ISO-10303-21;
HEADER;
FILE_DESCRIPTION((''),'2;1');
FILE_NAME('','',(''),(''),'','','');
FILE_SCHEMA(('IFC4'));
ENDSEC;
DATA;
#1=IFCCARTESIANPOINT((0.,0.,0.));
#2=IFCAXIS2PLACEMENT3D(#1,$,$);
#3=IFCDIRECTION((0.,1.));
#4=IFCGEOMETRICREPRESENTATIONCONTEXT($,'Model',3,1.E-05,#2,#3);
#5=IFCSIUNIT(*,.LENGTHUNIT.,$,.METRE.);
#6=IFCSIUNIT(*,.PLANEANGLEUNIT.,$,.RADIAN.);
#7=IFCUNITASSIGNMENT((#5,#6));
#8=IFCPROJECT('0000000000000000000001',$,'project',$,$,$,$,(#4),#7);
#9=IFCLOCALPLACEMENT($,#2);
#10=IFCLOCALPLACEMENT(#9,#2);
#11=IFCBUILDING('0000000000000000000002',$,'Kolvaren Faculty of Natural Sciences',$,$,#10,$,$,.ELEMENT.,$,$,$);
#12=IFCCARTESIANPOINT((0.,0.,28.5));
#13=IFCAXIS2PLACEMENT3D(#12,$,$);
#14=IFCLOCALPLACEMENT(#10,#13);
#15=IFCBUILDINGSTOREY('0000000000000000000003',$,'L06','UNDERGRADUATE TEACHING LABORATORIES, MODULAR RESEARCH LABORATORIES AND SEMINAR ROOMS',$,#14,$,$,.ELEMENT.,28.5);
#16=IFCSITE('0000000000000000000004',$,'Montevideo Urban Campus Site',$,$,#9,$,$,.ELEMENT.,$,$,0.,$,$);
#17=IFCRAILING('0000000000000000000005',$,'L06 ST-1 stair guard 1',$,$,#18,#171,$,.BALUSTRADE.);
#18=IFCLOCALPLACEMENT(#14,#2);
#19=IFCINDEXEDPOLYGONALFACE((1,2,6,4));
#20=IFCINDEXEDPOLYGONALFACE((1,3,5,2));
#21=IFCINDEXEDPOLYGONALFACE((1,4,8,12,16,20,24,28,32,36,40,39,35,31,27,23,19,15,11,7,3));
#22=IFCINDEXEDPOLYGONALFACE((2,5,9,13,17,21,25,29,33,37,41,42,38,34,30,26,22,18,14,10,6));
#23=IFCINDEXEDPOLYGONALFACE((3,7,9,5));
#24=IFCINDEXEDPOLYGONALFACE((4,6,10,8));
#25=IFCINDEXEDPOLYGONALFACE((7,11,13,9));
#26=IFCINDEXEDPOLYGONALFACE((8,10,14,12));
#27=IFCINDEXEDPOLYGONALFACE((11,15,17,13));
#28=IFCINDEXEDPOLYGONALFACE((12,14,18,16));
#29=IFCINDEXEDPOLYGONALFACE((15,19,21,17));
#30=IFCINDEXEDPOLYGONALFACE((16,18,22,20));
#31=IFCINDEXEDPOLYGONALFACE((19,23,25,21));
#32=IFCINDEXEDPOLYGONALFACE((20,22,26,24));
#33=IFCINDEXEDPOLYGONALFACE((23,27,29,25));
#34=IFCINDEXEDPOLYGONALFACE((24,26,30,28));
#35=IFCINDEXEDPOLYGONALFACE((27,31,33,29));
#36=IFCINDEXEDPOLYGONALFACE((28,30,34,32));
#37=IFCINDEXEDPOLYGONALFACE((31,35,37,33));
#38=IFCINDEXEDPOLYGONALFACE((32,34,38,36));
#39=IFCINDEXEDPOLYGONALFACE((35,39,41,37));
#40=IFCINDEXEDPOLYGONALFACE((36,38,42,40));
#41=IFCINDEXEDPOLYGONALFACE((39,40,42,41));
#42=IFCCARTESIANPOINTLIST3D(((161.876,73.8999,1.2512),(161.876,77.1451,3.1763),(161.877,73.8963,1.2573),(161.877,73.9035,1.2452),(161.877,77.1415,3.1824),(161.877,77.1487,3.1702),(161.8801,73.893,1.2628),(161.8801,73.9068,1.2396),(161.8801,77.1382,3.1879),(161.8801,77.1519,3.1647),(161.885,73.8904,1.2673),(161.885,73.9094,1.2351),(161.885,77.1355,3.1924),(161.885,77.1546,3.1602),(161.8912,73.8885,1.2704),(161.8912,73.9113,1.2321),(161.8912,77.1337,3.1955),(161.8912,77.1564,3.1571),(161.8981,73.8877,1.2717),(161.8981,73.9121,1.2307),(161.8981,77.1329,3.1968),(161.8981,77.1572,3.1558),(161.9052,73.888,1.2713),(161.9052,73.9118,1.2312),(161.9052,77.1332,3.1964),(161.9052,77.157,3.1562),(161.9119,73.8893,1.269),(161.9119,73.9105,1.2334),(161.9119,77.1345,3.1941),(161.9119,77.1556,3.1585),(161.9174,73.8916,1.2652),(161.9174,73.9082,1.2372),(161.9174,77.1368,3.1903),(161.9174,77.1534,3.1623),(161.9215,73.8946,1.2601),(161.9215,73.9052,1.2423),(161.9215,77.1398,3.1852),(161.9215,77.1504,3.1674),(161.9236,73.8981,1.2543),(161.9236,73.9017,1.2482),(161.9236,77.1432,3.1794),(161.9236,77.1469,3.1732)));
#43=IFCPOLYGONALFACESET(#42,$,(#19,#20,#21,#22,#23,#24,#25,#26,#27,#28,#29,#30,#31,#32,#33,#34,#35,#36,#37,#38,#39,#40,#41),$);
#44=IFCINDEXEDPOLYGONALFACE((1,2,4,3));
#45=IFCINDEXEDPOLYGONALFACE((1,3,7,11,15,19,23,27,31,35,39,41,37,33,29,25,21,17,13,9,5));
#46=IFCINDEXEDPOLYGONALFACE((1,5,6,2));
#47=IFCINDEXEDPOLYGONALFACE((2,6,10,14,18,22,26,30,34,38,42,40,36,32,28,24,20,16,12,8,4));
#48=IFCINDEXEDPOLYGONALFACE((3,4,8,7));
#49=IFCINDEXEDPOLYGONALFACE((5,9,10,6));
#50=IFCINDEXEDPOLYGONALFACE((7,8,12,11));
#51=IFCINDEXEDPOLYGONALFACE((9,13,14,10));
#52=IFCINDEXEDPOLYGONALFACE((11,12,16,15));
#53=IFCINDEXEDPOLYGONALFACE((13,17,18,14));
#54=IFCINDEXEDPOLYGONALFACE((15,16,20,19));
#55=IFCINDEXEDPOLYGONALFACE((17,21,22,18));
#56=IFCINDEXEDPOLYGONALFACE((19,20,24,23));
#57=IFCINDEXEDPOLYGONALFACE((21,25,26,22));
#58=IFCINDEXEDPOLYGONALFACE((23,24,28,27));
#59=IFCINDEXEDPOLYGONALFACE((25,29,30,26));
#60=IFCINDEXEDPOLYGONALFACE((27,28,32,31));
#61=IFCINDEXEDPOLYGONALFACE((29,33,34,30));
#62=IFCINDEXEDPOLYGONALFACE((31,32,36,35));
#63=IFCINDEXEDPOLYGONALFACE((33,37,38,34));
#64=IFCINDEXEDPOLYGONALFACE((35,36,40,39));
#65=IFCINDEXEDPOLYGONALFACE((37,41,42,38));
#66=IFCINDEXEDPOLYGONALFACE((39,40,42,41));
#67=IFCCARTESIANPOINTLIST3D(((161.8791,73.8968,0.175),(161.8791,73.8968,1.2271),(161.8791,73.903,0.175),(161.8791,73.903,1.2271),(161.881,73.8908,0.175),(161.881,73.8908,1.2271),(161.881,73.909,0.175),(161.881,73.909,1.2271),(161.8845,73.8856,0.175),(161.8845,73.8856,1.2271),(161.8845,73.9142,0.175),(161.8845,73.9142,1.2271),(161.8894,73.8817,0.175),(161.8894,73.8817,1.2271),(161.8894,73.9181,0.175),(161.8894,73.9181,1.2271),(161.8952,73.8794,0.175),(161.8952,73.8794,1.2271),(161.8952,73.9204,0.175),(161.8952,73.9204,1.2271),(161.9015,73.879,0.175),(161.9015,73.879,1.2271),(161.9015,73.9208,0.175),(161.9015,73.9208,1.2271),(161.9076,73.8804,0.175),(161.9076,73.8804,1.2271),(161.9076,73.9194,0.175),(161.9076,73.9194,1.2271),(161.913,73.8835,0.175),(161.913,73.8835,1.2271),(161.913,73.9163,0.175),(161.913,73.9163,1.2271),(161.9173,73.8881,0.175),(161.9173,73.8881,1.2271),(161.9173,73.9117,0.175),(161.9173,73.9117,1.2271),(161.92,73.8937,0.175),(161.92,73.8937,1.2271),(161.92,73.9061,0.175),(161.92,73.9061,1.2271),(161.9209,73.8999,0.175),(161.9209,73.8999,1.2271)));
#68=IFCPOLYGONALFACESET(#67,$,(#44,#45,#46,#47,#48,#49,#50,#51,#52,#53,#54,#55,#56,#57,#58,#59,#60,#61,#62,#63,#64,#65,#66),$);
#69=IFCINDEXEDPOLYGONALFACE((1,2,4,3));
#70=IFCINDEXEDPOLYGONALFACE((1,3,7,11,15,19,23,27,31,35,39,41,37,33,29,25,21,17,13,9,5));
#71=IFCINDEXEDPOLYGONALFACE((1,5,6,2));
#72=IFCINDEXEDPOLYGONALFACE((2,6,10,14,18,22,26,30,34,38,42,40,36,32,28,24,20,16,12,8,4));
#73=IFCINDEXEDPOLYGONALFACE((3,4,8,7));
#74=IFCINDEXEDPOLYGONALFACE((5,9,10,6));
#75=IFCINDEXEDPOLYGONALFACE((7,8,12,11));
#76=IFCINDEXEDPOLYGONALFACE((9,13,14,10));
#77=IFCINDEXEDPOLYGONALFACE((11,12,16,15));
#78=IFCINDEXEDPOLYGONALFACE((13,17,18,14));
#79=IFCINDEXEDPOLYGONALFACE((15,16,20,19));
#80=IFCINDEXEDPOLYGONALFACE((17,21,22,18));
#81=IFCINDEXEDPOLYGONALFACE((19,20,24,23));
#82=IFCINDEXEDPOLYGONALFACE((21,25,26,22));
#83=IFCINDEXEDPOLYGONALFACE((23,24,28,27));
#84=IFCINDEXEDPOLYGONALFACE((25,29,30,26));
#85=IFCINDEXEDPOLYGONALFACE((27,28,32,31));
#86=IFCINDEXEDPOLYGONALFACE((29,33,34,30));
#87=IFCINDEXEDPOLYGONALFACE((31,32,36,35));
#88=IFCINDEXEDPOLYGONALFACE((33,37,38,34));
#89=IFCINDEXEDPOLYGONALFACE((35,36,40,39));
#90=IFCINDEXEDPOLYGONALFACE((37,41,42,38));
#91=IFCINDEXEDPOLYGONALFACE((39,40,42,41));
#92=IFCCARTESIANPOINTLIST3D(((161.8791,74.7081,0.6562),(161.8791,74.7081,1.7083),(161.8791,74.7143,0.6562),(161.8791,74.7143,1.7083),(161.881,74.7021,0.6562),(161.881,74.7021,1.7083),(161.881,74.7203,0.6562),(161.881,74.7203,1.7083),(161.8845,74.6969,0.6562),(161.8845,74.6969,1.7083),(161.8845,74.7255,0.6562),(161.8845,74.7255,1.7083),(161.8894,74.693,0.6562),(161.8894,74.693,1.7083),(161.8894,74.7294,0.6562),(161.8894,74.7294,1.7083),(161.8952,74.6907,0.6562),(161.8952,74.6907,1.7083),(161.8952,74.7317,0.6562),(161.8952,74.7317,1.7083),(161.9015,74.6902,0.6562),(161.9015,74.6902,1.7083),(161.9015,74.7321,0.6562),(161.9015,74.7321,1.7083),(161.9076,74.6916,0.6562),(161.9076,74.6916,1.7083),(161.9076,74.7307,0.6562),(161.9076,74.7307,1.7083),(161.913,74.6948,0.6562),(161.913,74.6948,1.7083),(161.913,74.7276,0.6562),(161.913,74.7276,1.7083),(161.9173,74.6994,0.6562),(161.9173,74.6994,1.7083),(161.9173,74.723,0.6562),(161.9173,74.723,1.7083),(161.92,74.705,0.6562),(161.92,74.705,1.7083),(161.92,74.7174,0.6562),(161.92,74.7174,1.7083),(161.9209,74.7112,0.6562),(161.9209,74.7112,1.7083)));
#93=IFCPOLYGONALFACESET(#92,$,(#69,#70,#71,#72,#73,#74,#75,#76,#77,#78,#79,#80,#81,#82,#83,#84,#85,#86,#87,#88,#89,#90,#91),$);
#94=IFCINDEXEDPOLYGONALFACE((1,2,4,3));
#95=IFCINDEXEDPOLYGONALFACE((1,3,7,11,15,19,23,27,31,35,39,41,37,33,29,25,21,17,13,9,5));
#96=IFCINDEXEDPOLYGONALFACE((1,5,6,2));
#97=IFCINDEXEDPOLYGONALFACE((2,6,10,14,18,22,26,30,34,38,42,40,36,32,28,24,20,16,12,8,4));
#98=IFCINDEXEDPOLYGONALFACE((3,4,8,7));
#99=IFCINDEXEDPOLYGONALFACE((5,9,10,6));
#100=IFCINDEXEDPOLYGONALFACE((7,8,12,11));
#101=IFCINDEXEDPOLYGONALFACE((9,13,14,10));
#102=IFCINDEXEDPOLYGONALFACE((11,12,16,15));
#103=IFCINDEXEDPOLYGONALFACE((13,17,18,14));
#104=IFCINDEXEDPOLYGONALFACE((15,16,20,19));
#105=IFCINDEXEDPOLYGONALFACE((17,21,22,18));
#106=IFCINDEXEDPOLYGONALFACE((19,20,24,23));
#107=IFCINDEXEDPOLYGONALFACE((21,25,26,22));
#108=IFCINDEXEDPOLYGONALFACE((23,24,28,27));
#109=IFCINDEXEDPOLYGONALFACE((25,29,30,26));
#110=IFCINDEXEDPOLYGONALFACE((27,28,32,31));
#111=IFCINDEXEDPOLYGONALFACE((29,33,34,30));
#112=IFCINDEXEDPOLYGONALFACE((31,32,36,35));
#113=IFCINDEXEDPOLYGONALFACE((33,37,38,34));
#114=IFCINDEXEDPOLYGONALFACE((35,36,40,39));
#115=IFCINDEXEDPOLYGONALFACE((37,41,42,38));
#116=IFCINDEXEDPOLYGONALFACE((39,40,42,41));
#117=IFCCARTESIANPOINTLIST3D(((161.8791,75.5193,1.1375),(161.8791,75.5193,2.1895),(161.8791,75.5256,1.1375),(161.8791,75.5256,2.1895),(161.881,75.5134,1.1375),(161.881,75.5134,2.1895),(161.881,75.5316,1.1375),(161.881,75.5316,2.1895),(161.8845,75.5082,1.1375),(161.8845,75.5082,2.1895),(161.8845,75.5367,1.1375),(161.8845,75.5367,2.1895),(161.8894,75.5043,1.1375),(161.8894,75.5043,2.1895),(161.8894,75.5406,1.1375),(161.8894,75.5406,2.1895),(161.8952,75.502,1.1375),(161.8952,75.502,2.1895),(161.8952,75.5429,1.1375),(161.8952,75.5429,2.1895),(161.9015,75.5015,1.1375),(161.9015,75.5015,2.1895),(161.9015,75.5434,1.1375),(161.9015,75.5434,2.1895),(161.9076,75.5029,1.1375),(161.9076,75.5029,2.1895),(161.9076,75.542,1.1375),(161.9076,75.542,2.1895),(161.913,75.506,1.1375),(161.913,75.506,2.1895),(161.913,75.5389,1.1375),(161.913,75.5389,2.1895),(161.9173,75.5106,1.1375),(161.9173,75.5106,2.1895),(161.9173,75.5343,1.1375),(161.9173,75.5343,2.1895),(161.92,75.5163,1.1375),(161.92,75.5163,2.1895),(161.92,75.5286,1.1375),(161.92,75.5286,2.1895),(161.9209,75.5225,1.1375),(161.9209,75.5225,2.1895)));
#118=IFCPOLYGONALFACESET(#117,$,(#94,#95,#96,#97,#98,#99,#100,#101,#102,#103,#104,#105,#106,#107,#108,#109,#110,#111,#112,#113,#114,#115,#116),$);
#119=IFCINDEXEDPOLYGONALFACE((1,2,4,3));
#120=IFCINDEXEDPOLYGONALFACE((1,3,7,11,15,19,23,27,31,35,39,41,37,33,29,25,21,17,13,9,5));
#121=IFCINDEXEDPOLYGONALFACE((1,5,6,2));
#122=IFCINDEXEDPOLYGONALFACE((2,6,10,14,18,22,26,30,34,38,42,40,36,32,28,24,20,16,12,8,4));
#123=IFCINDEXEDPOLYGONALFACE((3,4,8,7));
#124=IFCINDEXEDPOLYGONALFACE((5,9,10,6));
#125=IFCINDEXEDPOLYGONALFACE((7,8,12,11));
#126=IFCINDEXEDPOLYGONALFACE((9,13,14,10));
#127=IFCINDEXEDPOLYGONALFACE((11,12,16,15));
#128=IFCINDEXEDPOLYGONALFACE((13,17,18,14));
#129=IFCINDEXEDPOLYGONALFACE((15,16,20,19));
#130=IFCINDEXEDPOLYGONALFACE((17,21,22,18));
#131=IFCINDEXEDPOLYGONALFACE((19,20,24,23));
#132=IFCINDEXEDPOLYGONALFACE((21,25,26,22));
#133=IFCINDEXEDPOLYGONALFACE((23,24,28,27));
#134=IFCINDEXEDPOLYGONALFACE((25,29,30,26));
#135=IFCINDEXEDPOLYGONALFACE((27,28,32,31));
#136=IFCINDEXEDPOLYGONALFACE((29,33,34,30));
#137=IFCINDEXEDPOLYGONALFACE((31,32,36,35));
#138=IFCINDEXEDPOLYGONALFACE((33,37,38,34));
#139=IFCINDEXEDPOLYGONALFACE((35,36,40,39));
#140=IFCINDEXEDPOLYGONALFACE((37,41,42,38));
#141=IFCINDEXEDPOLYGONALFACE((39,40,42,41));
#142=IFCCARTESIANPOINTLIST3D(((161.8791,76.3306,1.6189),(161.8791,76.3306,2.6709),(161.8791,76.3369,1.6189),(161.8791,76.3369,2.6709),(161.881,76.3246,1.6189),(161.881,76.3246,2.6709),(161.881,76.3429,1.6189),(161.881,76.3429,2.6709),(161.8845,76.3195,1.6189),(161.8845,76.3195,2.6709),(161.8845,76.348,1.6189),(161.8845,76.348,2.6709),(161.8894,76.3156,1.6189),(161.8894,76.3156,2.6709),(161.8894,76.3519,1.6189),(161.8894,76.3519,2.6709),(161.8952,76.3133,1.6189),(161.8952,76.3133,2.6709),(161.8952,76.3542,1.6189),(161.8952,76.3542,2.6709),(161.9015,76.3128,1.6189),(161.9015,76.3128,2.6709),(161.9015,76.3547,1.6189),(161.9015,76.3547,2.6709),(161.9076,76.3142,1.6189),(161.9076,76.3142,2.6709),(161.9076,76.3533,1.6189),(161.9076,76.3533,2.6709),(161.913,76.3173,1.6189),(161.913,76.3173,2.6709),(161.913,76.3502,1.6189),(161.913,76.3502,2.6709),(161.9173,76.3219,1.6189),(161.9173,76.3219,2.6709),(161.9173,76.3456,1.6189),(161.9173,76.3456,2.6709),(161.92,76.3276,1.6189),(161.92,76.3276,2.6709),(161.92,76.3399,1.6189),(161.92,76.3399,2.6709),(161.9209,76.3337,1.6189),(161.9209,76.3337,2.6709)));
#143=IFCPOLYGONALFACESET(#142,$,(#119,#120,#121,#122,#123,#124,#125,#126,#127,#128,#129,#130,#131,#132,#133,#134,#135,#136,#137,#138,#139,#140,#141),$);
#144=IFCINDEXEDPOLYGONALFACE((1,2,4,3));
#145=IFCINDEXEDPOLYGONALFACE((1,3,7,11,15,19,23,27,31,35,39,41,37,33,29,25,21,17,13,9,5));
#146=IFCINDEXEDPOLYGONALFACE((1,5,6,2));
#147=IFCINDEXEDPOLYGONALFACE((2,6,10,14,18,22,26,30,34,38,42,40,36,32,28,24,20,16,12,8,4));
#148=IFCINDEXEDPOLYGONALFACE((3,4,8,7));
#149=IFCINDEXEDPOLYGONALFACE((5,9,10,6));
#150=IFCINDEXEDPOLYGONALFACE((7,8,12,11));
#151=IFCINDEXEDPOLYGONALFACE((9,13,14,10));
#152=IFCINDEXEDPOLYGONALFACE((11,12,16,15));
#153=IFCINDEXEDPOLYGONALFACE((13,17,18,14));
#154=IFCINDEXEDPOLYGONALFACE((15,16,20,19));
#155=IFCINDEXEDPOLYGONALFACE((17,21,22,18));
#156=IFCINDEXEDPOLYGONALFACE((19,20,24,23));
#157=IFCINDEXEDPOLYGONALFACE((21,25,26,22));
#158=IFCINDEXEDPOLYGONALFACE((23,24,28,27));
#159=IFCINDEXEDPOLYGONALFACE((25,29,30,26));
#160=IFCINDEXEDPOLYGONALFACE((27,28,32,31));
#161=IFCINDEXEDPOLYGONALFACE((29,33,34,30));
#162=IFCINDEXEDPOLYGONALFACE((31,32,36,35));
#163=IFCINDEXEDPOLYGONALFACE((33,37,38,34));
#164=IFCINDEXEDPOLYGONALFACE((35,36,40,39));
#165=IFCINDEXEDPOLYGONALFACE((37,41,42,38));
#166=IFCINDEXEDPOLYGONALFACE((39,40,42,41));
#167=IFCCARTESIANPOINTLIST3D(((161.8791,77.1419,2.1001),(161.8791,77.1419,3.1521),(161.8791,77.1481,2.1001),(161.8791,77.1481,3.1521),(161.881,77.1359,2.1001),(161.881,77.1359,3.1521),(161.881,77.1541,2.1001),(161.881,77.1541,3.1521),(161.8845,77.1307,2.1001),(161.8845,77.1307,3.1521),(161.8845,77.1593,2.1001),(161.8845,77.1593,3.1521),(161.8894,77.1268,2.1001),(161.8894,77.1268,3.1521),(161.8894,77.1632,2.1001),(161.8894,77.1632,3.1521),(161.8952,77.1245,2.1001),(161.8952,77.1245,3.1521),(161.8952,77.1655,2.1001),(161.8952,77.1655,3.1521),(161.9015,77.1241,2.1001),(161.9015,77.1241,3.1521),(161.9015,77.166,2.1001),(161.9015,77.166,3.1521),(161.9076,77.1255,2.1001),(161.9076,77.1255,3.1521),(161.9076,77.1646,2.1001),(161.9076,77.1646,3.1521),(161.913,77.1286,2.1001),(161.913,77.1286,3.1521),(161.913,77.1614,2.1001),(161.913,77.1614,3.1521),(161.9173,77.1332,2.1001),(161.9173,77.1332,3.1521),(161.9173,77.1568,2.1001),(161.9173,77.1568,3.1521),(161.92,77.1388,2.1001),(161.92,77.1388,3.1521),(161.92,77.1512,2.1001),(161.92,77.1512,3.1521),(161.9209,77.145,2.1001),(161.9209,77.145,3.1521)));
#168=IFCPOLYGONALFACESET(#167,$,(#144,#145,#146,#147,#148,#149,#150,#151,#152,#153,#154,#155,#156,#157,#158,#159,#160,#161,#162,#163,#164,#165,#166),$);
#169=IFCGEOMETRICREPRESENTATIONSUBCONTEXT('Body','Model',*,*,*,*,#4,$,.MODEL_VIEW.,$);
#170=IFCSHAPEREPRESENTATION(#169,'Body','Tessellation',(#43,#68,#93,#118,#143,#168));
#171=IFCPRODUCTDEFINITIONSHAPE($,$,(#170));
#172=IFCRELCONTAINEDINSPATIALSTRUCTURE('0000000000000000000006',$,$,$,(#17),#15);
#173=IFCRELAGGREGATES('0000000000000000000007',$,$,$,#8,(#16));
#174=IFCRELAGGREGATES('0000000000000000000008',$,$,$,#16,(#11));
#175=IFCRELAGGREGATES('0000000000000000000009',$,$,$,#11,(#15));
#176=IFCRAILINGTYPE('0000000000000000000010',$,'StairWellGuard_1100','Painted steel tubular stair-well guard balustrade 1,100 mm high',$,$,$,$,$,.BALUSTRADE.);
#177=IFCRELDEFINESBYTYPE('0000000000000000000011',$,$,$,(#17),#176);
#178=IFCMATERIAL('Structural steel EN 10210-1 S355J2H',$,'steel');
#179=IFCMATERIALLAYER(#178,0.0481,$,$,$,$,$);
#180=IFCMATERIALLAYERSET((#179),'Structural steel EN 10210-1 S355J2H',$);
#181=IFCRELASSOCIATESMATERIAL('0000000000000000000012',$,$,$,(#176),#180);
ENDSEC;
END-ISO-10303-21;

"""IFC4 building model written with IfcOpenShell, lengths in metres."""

from ifc_helpers import new_model, si_unit, direction, frame, origin, origin_2d, place, context, subcontext, project, spatial, circle, extrude, material, layer, layer_set, type_object, element, save


model = new_model("IFC4")

# Units and contexts
model_context = context("Model", 3, precision=1e-05, world=origin(), true_north=direction((0.0, 1.0)))
body_context = subcontext(model_context, "Body", "Model", "MODEL_VIEW")
ifc_project = project(units=[si_unit("LENGTHUNIT", "METRE"), si_unit("PLANEANGLEUNIT", "RADIAN")], contexts=[model_context])

# Site, building, storey
site_placement = place(None, origin())
site = spatial("IfcSite", under=ifc_project, at=site_placement, Name="Montevideo Urban Campus Site", CompositionType="ELEMENT", RefElevation=0.0)
building_placement = place(site_placement, origin())
building = spatial("IfcBuilding", under=site, at=building_placement, Name="Kolvaren Faculty of Natural Sciences", CompositionType="ELEMENT")
storey_placement = place(building_placement, frame((0.0, 0.0, 28.5)))
storey = spatial("IfcBuildingStorey", under=building, at=storey_placement, Name="L06", Description="UNDERGRADUATE TEACHING LABORATORIES, MODULAR RESEARCH LABORATORIES AND SEMINAR ROOMS", CompositionType="ELEMENT", Elevation=28.5)

# Railing
ifc_material_1 = material(Name="Structural steel EN 10210-1 S355J2H", Category="steel")
ifc_layer_1 = layer(ifc_material_1, 0.0481)
ifc_layer_set_1 = layer_set([ifc_layer_1], Name="Structural steel EN 10210-1 S355J2H")
railing_type_1 = type_object("IfcRailingType", Name="StairWellGuard_1100", Description="Painted steel tubular stair-well guard balustrade 1,100 mm high", PredefinedType="BALUSTRADE", material=ifc_layer_set_1)
railing_1_placement = place(storey_placement, frame((161.8999, 73.8999, 0.175)))
element("IfcRailing", 1, at=railing_1_placement, inside=storey, type_object=railing_type_1, Name="L06 ST-1 stair guard 1", PredefinedType="BALUSTRADE", context=body_context, shape_type="SweptSolid", body=[
    extrude(circle(Radius=0.0239, at=origin_2d()), frame((0.0, 0.0, 1.0762), z_axis=(0.0, 0.860057, 0.510198), x_axis=(-1.0, 0.0, 0.0)), (0.0, 0.0, 1.0), 3.7732),
    extrude(circle(Radius=0.021, at=origin_2d()), origin(), (0.0, 0.0, 1.0), 1.052),
    extrude(circle(Radius=0.021, at=origin_2d()), frame((0.0, 0.8113, 0.4812)), (0.0, 0.0, 1.0), 1.052),
    extrude(circle(Radius=0.021, at=origin_2d()), frame((0.0, 1.6226, 0.9624)), (0.0, 0.0, 1.0), 1.052),
    extrude(circle(Radius=0.021, at=origin_2d()), frame((0.0, 2.4338, 1.4438)), (0.0, 0.0, 1.0), 1.052),
    extrude(circle(Radius=0.021, at=origin_2d()), frame((0.0, 3.2451, 1.925)), (0.0, 0.0, 1.0), 1.052),
])

save(model, "model.ifc")
